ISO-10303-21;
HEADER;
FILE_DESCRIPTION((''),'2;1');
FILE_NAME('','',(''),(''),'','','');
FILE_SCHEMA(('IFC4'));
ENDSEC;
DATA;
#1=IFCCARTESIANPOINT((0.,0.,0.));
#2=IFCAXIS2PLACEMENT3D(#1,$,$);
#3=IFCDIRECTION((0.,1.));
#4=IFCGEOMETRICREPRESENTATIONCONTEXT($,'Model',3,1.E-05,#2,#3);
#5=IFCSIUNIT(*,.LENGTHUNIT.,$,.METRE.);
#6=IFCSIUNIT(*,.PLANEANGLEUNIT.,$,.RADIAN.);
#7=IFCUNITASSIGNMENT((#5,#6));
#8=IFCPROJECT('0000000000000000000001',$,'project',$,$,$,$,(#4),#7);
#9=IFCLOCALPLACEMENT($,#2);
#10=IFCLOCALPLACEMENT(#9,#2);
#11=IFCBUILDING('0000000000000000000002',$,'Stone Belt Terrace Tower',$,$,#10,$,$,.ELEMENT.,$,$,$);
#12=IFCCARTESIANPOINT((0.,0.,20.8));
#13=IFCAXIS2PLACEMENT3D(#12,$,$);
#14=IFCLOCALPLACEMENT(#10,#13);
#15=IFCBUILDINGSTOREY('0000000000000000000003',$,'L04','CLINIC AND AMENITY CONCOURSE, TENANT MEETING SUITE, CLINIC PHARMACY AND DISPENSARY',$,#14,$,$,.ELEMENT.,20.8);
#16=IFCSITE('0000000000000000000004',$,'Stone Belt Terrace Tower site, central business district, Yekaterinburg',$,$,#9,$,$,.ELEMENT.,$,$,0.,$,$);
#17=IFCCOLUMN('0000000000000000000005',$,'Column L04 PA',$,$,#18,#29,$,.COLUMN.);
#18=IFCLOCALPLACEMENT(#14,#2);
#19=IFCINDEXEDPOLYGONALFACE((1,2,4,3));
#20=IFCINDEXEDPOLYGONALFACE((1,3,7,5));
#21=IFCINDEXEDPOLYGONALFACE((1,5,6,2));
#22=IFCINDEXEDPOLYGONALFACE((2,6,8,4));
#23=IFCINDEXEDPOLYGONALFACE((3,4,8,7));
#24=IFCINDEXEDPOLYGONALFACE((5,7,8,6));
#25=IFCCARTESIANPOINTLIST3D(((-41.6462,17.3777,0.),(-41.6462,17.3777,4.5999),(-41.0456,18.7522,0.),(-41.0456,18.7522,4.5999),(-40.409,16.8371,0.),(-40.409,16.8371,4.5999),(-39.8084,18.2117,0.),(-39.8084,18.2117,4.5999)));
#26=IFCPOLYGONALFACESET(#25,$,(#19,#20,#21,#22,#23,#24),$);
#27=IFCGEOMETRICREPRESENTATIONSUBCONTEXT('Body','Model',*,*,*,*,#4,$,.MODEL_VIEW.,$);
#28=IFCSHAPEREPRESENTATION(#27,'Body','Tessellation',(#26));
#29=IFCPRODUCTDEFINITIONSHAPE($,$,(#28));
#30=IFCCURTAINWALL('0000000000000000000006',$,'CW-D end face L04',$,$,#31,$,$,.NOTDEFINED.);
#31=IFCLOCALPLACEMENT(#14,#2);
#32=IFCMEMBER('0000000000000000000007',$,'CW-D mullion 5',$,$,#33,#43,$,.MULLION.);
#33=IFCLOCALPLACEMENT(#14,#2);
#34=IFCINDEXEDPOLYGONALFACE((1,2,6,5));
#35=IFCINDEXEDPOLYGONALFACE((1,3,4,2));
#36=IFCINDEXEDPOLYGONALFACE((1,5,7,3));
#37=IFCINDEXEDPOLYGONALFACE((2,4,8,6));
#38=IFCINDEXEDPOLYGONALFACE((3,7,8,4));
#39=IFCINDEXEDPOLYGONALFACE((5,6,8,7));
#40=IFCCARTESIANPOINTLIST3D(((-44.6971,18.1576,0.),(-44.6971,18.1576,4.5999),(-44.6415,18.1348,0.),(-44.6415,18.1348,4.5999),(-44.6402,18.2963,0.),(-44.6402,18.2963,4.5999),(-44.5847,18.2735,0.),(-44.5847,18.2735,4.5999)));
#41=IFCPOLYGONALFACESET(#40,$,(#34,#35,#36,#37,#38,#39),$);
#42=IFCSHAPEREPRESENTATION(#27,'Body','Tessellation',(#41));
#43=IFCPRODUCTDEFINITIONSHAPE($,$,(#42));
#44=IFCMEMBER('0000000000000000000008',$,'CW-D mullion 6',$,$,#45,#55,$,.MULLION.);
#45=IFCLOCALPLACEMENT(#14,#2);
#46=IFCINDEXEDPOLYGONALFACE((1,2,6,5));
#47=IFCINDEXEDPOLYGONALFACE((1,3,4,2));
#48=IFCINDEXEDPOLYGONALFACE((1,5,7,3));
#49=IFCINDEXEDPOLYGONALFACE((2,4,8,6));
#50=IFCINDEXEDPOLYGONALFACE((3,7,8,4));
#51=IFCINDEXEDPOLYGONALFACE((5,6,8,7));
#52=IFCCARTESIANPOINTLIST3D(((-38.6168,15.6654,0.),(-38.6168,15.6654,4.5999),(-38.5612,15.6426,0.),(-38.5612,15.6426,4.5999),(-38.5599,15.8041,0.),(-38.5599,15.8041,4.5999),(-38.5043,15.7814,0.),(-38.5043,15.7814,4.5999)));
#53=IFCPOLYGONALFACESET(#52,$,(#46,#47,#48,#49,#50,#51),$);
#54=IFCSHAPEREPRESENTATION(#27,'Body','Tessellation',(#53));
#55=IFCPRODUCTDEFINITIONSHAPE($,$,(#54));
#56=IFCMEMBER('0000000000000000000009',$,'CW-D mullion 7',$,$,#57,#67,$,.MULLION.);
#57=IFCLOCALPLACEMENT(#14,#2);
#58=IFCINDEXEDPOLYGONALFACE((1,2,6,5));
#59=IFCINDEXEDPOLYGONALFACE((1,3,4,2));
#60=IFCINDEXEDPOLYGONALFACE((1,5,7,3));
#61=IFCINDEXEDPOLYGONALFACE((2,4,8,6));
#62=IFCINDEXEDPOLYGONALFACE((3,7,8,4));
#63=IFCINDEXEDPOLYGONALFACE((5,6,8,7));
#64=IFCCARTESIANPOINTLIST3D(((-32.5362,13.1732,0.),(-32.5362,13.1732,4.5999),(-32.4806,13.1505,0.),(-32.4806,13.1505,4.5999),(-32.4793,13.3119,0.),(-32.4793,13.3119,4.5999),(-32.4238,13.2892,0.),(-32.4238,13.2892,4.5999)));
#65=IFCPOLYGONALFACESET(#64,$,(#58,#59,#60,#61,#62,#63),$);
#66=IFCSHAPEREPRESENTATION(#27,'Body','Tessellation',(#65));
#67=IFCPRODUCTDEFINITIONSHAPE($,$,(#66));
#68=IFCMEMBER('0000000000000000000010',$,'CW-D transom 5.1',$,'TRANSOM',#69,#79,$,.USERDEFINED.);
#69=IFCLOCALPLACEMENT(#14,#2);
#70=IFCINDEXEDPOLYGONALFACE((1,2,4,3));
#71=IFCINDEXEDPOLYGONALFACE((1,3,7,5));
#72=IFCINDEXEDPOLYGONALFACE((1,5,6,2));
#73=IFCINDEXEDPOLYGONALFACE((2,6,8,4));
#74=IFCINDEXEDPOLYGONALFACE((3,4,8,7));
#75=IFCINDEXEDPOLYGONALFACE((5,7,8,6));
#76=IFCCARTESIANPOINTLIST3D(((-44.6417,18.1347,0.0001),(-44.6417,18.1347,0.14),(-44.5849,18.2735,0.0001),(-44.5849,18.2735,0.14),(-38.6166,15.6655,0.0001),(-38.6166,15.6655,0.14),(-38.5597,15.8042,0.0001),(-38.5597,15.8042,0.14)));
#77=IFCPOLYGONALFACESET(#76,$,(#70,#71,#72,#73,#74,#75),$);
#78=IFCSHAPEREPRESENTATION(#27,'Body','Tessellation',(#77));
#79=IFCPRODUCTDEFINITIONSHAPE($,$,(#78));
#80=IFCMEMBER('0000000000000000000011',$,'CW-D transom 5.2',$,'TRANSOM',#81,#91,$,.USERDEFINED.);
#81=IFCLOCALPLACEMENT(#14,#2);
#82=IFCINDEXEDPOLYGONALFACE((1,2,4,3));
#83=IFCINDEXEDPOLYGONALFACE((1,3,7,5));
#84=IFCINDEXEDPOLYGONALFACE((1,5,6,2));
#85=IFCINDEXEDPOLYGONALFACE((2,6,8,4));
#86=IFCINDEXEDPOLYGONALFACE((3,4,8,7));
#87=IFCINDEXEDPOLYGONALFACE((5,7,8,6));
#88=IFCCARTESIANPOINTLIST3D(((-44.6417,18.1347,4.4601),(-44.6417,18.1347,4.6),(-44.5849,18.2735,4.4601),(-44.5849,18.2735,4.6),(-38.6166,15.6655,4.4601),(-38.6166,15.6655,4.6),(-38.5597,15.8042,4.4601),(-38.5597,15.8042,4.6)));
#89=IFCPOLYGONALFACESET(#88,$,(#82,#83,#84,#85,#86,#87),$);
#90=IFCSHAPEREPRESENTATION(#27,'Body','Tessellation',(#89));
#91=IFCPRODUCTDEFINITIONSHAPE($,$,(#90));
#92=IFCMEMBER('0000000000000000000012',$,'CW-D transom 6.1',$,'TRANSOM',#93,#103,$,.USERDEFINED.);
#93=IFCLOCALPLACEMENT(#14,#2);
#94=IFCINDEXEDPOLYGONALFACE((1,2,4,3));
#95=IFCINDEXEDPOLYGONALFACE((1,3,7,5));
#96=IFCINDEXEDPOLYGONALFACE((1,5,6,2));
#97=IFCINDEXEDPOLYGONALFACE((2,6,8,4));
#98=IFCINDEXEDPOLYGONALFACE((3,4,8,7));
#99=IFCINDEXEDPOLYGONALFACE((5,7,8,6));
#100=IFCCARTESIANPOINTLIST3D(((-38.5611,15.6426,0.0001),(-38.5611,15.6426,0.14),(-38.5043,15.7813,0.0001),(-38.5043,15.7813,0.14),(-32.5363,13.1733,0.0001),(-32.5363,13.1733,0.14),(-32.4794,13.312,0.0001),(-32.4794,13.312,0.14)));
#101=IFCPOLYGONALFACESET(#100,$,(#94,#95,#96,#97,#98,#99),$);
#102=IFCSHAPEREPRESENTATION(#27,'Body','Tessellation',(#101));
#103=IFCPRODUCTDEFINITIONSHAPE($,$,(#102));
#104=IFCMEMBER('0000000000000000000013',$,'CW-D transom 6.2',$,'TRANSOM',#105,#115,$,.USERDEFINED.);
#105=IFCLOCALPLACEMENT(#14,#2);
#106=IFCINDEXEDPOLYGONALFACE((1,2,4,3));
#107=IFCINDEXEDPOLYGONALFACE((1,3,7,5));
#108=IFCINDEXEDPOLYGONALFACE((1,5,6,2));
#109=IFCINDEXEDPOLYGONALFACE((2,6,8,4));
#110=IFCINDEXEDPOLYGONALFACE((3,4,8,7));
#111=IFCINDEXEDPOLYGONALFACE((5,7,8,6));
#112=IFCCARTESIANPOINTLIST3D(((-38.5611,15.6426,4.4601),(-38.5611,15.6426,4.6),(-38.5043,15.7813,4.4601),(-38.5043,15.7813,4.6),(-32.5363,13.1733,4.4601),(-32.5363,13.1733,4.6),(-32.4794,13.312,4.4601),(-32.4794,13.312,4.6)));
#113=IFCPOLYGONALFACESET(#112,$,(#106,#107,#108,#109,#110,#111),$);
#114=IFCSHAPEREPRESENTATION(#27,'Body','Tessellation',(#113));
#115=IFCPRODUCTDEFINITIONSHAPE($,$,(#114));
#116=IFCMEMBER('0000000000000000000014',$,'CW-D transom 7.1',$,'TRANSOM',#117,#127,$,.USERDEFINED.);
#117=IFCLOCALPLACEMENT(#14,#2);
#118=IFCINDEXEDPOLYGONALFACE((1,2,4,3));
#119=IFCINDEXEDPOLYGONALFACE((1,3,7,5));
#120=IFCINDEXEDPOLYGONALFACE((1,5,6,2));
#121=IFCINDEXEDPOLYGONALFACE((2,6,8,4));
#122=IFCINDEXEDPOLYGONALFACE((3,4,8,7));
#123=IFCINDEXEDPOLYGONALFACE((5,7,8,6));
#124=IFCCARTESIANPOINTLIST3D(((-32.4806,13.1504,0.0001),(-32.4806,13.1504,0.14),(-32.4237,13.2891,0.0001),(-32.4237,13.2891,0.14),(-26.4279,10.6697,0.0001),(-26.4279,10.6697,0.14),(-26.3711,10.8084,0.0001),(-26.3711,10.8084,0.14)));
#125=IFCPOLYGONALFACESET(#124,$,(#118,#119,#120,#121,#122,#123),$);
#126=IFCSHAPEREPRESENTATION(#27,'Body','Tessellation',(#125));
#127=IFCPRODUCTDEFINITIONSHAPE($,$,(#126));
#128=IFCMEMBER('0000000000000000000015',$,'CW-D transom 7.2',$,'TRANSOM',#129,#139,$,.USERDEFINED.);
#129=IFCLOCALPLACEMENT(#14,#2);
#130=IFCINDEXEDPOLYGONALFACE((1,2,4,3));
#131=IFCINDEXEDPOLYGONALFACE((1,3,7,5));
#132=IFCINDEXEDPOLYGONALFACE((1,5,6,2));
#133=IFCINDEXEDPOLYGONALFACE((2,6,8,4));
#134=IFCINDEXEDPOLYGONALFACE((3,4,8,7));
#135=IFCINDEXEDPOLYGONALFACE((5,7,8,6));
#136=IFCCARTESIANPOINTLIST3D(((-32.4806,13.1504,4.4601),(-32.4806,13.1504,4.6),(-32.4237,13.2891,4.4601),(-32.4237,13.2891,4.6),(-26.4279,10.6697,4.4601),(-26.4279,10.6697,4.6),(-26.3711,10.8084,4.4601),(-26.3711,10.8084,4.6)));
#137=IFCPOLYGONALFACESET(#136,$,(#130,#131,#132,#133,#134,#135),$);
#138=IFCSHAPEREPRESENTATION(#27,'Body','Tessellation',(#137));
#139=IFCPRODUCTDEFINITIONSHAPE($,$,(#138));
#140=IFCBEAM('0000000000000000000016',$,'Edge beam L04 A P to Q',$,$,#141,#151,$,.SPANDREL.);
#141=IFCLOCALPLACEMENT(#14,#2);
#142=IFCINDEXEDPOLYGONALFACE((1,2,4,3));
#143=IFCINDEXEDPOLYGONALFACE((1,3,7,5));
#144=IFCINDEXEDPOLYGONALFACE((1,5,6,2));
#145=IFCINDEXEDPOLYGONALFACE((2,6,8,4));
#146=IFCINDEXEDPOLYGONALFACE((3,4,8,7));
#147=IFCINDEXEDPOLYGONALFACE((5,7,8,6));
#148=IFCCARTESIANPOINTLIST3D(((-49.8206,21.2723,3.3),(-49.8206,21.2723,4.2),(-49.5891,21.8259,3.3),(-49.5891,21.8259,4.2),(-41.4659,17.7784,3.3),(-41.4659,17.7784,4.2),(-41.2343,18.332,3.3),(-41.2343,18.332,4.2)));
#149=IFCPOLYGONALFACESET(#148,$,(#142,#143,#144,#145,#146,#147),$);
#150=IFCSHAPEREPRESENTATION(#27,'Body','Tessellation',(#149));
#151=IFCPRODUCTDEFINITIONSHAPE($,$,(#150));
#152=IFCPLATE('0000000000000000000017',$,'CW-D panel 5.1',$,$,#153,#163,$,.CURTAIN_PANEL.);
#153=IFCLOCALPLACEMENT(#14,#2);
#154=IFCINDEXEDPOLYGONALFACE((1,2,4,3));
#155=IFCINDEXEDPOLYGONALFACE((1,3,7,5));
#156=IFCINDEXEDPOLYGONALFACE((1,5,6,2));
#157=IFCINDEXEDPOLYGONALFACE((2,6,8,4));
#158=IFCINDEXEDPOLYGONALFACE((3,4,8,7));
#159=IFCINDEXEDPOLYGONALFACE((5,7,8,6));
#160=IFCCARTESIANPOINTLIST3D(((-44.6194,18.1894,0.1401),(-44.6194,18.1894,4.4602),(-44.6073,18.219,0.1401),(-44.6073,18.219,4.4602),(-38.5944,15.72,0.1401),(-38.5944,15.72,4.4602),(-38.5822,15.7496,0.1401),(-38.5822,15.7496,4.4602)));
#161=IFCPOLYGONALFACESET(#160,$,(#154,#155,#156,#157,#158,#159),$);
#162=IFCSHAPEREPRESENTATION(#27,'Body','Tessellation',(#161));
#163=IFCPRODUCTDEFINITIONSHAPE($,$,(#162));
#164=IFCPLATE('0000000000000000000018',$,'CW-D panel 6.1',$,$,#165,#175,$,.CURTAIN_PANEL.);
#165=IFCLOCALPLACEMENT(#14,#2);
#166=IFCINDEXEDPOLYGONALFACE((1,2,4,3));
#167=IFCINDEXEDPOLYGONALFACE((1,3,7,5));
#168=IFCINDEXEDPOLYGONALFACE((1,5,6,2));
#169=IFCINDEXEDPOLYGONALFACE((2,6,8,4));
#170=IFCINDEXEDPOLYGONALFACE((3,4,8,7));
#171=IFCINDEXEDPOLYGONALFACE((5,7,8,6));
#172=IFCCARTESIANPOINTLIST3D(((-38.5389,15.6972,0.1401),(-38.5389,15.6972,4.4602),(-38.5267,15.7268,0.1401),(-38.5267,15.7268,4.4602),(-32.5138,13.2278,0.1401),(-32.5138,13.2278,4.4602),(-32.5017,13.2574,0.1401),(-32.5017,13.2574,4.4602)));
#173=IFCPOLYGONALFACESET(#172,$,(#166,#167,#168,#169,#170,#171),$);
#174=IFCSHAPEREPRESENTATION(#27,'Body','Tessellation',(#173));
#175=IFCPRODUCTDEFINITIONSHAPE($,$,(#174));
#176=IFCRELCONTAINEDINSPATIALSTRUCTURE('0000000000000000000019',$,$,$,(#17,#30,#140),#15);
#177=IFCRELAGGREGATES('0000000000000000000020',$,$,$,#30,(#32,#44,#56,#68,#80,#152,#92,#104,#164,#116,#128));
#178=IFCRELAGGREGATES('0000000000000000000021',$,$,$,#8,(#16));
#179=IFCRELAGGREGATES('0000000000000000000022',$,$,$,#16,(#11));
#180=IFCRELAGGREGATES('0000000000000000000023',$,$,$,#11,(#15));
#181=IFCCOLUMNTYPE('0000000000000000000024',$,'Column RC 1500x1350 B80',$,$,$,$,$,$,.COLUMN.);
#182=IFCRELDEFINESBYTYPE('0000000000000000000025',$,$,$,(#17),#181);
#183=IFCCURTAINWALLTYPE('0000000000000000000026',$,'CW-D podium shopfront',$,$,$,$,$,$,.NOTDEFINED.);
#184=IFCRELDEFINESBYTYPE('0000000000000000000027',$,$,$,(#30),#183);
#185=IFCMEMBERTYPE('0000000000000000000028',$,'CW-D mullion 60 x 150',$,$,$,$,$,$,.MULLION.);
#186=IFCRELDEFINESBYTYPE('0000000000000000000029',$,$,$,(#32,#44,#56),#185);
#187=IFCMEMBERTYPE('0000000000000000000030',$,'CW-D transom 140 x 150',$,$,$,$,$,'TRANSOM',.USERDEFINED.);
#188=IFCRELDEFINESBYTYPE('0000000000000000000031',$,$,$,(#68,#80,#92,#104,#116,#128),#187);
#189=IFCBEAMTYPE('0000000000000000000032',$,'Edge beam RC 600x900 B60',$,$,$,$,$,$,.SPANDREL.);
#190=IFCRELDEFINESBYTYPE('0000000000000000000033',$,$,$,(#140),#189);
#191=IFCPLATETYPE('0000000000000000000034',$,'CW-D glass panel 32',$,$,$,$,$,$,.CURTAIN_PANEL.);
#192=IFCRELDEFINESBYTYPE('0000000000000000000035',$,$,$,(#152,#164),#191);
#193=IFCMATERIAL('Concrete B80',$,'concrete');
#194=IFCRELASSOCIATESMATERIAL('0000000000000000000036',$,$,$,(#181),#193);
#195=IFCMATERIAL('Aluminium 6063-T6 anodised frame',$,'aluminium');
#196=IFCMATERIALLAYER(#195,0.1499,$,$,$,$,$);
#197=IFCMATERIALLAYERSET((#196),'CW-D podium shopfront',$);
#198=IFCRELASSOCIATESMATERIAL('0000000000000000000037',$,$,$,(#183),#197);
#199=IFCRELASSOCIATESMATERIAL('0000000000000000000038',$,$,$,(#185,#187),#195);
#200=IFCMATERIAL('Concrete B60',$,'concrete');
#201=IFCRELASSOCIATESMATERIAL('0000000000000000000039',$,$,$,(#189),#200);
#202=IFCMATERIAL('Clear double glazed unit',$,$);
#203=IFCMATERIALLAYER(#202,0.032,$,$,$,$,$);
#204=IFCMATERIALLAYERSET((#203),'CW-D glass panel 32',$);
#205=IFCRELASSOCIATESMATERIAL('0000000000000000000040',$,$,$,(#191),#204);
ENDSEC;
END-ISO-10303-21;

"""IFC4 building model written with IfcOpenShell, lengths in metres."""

from ifc_helpers import new_model, si_unit, direction, frame, origin, origin_2d, place, context, subcontext, project, spatial, rectangle, extrude, material, layer, layer_set, material_profile, profile_set, type_object, element, aggregate, save


model = new_model("IFC4")

# Units and contexts
model_context = context("Model", 3, precision=1e-05, world=origin(), true_north=direction((0.0, 1.0)))
body_context = subcontext(model_context, "Body", "Model", "MODEL_VIEW")
ifc_project = project(units=[si_unit("LENGTHUNIT", "METRE"), si_unit("PLANEANGLEUNIT", "RADIAN")], contexts=[model_context])

# Site, building, storey
site_placement = place(None, origin())
site = spatial("IfcSite", under=ifc_project, at=site_placement, Name="Stone Belt Terrace Tower site, central business district, Yekaterinburg", CompositionType="ELEMENT", RefElevation=0.0)
building_placement = place(site_placement, origin())
building = spatial("IfcBuilding", under=site, at=building_placement, Name="Stone Belt Terrace Tower", CompositionType="ELEMENT")
storey_placement = place(building_placement, frame((0.0, 0.0, 20.8)))
storey = spatial("IfcBuildingStorey", under=building, at=storey_placement, Name="L04", Description="CLINIC AND AMENITY CONCOURSE, TENANT MEETING SUITE, CLINIC PHARMACY AND DISPENSARY", CompositionType="ELEMENT", Elevation=20.8)

# Column
ifc_material_1 = material(Name="Concrete B80", Category="concrete")
ifc_material_profile_1 = material_profile(ifc_material_1, rectangle(XDim=1.5, YDim=1.3501, at=origin_2d()), Name="RC 1500x1350")
ifc_profile_set_1 = profile_set([ifc_material_profile_1], Name="Concrete B80")
column_type = type_object("IfcColumnType", Name="Column RC 1500x1350 B80", PredefinedType="COLUMN", material=ifc_profile_set_1)
column_placement = place(storey_placement, frame((-40.7273, 17.7947, 0.0), z_axis=(0.0, 0.0, 1.0), x_axis=(0.400376, 0.916351, 0.0)))
element("IfcColumn", 1, at=column_placement, inside=storey, type_object=column_type, Name="Column L04 PA", PredefinedType="COLUMN", context=body_context, shape_type="SweptSolid", body=[
    extrude(rectangle(XDim=1.5, YDim=1.3501, at=origin_2d()), origin(), (0.0, 0.0, 1.0), 4.5999),
])

# Curtain wall, members
ifc_material_2 = material(Name="Aluminium 6063-T6 anodised frame", Category="aluminium")
ifc_layer_1 = layer(ifc_material_2, 0.1499)
ifc_layer_set_1 = layer_set([ifc_layer_1], Name="CW-D podium shopfront")
curtain_wall_type = type_object("IfcCurtainWallType", Name="CW-D podium shopfront", PredefinedType="NOTDEFINED", material=ifc_layer_set_1)
curtain_wall_placement = place(storey_placement, origin())
curtain_wall = element("IfcCurtainWall", 2, at=curtain_wall_placement, inside=storey, type_object=curtain_wall_type, Name="CW-D end face L04", PredefinedType="NOTDEFINED")
ifc_material_profile_2 = material_profile(ifc_material_2, rectangle(XDim=0.1499, YDim=0.0601, at=origin_2d()), Name="Aluminium 6063-T6 60x150")
ifc_profile_set_2 = profile_set([ifc_material_profile_2], Name="Aluminium 6063-T6 anodised frame")
member_type_1 = type_object("IfcMemberType", Name="CW-D mullion 60 x 150", PredefinedType="MULLION", material=ifc_profile_set_2)
member_1_placement = place(storey_placement, frame((-44.6409, 18.2156, 0.0), z_axis=(0.0, 0.0, 1.0), x_axis=(0.379243, 0.925297, 0.0)))
member_1 = element("IfcMember", 3, at=member_1_placement, type_object=member_type_1, Name="CW-D mullion 5", PredefinedType="MULLION", context=body_context, shape_type="SweptSolid", body=[
    extrude(rectangle(XDim=0.1499, YDim=0.0601, at=origin_2d()), origin(), (0.0, 0.0, 1.0), 4.5999),
])
member_2_placement = place(storey_placement, frame((-38.5605, 15.7234, 0.0), z_axis=(0.0, 0.0, 1.0), x_axis=(0.379243, 0.925297, 0.0)))
member_2 = element("IfcMember", 4, at=member_2_placement, type_object=member_type_1, Name="CW-D mullion 6", PredefinedType="MULLION", context=body_context, shape_type="SweptSolid", body=[
    extrude(rectangle(XDim=0.1499, YDim=0.0601, at=origin_2d()), origin(), (0.0, 0.0, 1.0), 4.5999),
])
member_3_placement = place(storey_placement, frame((-32.48, 13.2312, 0.0), z_axis=(0.0, 0.0, 1.0), x_axis=(0.379243, 0.925297, 0.0)))
member_3 = element("IfcMember", 5, at=member_3_placement, type_object=member_type_1, Name="CW-D mullion 7", PredefinedType="MULLION", context=body_context, shape_type="SweptSolid", body=[
    extrude(rectangle(XDim=0.1499, YDim=0.0601, at=origin_2d()), origin(), (0.0, 0.0, 1.0), 4.5999),
])
ifc_material_profile_3 = material_profile(ifc_material_2, rectangle(XDim=0.1499, YDim=0.1399, at=origin_2d()), Name="Aluminium 6063-T6 150x140")
ifc_profile_set_3 = profile_set([ifc_material_profile_3], Name="Aluminium 6063-T6 anodised frame")
member_type_2 = type_object("IfcMemberType", Name="CW-D transom 140 x 150", ElementType="TRANSOM", PredefinedType="USERDEFINED", material=ifc_profile_set_3)
member_4_placement = place(storey_placement, frame((-44.6133, 18.2041, 0.0701), z_axis=(0.92531, -0.379212, 0.0), x_axis=(0.379212, 0.92531, 0.0)))
member_4 = element("IfcMember", 6, at=member_4_placement, type_object=member_type_2, Name="CW-D transom 5.1", ObjectType="TRANSOM", PredefinedType="USERDEFINED", context=body_context, shape_type="SweptSolid", body=[
    extrude(rectangle(XDim=0.1499, YDim=0.1399, at=origin_2d()), origin(), (0.0, 0.0, 1.0), 6.5115),
])
member_5_placement = place(storey_placement, frame((-44.6133, 18.2041, 4.53), z_axis=(0.92531, -0.379212, 0.0), x_axis=(0.379212, 0.92531, 0.0)))
member_5 = element("IfcMember", 7, at=member_5_placement, type_object=member_type_2, Name="CW-D transom 5.2", ObjectType="TRANSOM", PredefinedType="USERDEFINED", context=body_context, shape_type="SweptSolid", body=[
    extrude(rectangle(XDim=0.1499, YDim=0.1399, at=origin_2d()), origin(), (0.0, 0.0, 1.0), 6.5115),
])
member_6_placement = place(storey_placement, frame((-38.5327, 15.7119, 0.0701), z_axis=(0.925304, -0.379226, 0.0), x_axis=(0.379226, 0.925304, 0.0)))
member_6 = element("IfcMember", 8, at=member_6_placement, type_object=member_type_2, Name="CW-D transom 6.1", ObjectType="TRANSOM", PredefinedType="USERDEFINED", context=body_context, shape_type="SweptSolid", body=[
    extrude(rectangle(XDim=0.1499, YDim=0.1399, at=origin_2d()), origin(), (0.0, 0.0, 1.0), 6.5112),
])
member_7_placement = place(storey_placement, frame((-38.5327, 15.7119, 4.53), z_axis=(0.925304, -0.379226, 0.0), x_axis=(0.379226, 0.925304, 0.0)))
member_7 = element("IfcMember", 9, at=member_7_placement, type_object=member_type_2, Name="CW-D transom 6.2", ObjectType="TRANSOM", PredefinedType="USERDEFINED", context=body_context, shape_type="SweptSolid", body=[
    extrude(rectangle(XDim=0.1499, YDim=0.1399, at=origin_2d()), origin(), (0.0, 0.0, 1.0), 6.5112),
])
member_8_placement = place(storey_placement, frame((-32.4521, 13.2197, 0.0701), z_axis=(0.925301, -0.379234, 0.0), x_axis=(0.379234, 0.925301, 0.0)))
member_8 = element("IfcMember", 10, at=member_8_placement, type_object=member_type_2, Name="CW-D transom 7.1", ObjectType="TRANSOM", PredefinedType="USERDEFINED", context=body_context, shape_type="SweptSolid", body=[
    extrude(rectangle(XDim=0.1499, YDim=0.1399, at=origin_2d()), origin(), (0.0, 0.0, 1.0), 6.5413),
])
member_9_placement = place(storey_placement, frame((-32.4521, 13.2197, 4.53), z_axis=(0.925301, -0.379234, 0.0), x_axis=(0.379234, 0.925301, 0.0)))
member_9 = element("IfcMember", 11, at=member_9_placement, type_object=member_type_2, Name="CW-D transom 7.2", ObjectType="TRANSOM", PredefinedType="USERDEFINED", context=body_context, shape_type="SweptSolid", body=[
    extrude(rectangle(XDim=0.1499, YDim=0.1399, at=origin_2d()), origin(), (0.0, 0.0, 1.0), 6.5413),
])

# Beam
ifc_material_3 = material(Name="Concrete B60", Category="concrete")
ifc_material_profile_4 = material_profile(ifc_material_3, rectangle(XDim=0.6001, YDim=0.8999, at=origin_2d()), Name="RC 600x900")
ifc_profile_set_4 = profile_set([ifc_material_profile_4], Name="Concrete B60")
beam_type = type_object("IfcBeamType", Name="Edge beam RC 600x900 B60", PredefinedType="SPANDREL", material=ifc_profile_set_4)
beam_placement = place(storey_placement, frame((-41.3501, 18.0552, 3.75), z_axis=(-0.922576, 0.385815, 0.0), x_axis=(-0.385815, -0.922576, 0.0)))
element("IfcBeam", 12, at=beam_placement, inside=storey, type_object=beam_type, Name="Edge beam L04 A P to Q", PredefinedType="SPANDREL", context=body_context, shape_type="SweptSolid", body=[
    extrude(rectangle(XDim=0.6001, YDim=0.8999, at=origin_2d()), origin(), (0.0, 0.0, 1.0), 9.0559),
])

# Plates
ifc_material_4 = material(Name="Clear double glazed unit")
ifc_layer_2 = layer(ifc_material_4, 0.032)
ifc_layer_set_2 = layer_set([ifc_layer_2], Name="CW-D glass panel 32")
plate_type = type_object("IfcPlateType", Name="CW-D glass panel 32", PredefinedType="CURTAIN_PANEL", material=ifc_layer_set_2)
plate_1_placement = place(storey_placement, frame((-41.6008, 16.9695, 0.1401), z_axis=(0.0, 0.0, 1.0), x_axis=(0.925297, -0.379243, 0.0)))
plate_1 = element("IfcPlate", 13, at=plate_1_placement, type_object=plate_type, Name="CW-D panel 5.1", PredefinedType="CURTAIN_PANEL", context=body_context, shape_type="SweptSolid", body=[
    extrude(rectangle(XDim=6.5115, YDim=0.032, at=origin_2d()), origin(), (0.0, 0.0, 1.0), 4.3201),
])
plate_2_placement = place(storey_placement, frame((-35.5203, 14.4773, 0.1401), z_axis=(0.0, 0.0, 1.0), x_axis=(0.925297, -0.379243, 0.0)))
plate_2 = element("IfcPlate", 14, at=plate_2_placement, type_object=plate_type, Name="CW-D panel 6.1", PredefinedType="CURTAIN_PANEL", context=body_context, shape_type="SweptSolid", body=[
    extrude(rectangle(XDim=6.5115, YDim=0.032, at=origin_2d()), origin(), (0.0, 0.0, 1.0), 4.3201),
])
aggregate(curtain_wall, [member_1, member_2, member_3, member_4, member_5, plate_1, member_6, member_7, plate_2, member_8, member_9])

save(model, "model.ifc")
